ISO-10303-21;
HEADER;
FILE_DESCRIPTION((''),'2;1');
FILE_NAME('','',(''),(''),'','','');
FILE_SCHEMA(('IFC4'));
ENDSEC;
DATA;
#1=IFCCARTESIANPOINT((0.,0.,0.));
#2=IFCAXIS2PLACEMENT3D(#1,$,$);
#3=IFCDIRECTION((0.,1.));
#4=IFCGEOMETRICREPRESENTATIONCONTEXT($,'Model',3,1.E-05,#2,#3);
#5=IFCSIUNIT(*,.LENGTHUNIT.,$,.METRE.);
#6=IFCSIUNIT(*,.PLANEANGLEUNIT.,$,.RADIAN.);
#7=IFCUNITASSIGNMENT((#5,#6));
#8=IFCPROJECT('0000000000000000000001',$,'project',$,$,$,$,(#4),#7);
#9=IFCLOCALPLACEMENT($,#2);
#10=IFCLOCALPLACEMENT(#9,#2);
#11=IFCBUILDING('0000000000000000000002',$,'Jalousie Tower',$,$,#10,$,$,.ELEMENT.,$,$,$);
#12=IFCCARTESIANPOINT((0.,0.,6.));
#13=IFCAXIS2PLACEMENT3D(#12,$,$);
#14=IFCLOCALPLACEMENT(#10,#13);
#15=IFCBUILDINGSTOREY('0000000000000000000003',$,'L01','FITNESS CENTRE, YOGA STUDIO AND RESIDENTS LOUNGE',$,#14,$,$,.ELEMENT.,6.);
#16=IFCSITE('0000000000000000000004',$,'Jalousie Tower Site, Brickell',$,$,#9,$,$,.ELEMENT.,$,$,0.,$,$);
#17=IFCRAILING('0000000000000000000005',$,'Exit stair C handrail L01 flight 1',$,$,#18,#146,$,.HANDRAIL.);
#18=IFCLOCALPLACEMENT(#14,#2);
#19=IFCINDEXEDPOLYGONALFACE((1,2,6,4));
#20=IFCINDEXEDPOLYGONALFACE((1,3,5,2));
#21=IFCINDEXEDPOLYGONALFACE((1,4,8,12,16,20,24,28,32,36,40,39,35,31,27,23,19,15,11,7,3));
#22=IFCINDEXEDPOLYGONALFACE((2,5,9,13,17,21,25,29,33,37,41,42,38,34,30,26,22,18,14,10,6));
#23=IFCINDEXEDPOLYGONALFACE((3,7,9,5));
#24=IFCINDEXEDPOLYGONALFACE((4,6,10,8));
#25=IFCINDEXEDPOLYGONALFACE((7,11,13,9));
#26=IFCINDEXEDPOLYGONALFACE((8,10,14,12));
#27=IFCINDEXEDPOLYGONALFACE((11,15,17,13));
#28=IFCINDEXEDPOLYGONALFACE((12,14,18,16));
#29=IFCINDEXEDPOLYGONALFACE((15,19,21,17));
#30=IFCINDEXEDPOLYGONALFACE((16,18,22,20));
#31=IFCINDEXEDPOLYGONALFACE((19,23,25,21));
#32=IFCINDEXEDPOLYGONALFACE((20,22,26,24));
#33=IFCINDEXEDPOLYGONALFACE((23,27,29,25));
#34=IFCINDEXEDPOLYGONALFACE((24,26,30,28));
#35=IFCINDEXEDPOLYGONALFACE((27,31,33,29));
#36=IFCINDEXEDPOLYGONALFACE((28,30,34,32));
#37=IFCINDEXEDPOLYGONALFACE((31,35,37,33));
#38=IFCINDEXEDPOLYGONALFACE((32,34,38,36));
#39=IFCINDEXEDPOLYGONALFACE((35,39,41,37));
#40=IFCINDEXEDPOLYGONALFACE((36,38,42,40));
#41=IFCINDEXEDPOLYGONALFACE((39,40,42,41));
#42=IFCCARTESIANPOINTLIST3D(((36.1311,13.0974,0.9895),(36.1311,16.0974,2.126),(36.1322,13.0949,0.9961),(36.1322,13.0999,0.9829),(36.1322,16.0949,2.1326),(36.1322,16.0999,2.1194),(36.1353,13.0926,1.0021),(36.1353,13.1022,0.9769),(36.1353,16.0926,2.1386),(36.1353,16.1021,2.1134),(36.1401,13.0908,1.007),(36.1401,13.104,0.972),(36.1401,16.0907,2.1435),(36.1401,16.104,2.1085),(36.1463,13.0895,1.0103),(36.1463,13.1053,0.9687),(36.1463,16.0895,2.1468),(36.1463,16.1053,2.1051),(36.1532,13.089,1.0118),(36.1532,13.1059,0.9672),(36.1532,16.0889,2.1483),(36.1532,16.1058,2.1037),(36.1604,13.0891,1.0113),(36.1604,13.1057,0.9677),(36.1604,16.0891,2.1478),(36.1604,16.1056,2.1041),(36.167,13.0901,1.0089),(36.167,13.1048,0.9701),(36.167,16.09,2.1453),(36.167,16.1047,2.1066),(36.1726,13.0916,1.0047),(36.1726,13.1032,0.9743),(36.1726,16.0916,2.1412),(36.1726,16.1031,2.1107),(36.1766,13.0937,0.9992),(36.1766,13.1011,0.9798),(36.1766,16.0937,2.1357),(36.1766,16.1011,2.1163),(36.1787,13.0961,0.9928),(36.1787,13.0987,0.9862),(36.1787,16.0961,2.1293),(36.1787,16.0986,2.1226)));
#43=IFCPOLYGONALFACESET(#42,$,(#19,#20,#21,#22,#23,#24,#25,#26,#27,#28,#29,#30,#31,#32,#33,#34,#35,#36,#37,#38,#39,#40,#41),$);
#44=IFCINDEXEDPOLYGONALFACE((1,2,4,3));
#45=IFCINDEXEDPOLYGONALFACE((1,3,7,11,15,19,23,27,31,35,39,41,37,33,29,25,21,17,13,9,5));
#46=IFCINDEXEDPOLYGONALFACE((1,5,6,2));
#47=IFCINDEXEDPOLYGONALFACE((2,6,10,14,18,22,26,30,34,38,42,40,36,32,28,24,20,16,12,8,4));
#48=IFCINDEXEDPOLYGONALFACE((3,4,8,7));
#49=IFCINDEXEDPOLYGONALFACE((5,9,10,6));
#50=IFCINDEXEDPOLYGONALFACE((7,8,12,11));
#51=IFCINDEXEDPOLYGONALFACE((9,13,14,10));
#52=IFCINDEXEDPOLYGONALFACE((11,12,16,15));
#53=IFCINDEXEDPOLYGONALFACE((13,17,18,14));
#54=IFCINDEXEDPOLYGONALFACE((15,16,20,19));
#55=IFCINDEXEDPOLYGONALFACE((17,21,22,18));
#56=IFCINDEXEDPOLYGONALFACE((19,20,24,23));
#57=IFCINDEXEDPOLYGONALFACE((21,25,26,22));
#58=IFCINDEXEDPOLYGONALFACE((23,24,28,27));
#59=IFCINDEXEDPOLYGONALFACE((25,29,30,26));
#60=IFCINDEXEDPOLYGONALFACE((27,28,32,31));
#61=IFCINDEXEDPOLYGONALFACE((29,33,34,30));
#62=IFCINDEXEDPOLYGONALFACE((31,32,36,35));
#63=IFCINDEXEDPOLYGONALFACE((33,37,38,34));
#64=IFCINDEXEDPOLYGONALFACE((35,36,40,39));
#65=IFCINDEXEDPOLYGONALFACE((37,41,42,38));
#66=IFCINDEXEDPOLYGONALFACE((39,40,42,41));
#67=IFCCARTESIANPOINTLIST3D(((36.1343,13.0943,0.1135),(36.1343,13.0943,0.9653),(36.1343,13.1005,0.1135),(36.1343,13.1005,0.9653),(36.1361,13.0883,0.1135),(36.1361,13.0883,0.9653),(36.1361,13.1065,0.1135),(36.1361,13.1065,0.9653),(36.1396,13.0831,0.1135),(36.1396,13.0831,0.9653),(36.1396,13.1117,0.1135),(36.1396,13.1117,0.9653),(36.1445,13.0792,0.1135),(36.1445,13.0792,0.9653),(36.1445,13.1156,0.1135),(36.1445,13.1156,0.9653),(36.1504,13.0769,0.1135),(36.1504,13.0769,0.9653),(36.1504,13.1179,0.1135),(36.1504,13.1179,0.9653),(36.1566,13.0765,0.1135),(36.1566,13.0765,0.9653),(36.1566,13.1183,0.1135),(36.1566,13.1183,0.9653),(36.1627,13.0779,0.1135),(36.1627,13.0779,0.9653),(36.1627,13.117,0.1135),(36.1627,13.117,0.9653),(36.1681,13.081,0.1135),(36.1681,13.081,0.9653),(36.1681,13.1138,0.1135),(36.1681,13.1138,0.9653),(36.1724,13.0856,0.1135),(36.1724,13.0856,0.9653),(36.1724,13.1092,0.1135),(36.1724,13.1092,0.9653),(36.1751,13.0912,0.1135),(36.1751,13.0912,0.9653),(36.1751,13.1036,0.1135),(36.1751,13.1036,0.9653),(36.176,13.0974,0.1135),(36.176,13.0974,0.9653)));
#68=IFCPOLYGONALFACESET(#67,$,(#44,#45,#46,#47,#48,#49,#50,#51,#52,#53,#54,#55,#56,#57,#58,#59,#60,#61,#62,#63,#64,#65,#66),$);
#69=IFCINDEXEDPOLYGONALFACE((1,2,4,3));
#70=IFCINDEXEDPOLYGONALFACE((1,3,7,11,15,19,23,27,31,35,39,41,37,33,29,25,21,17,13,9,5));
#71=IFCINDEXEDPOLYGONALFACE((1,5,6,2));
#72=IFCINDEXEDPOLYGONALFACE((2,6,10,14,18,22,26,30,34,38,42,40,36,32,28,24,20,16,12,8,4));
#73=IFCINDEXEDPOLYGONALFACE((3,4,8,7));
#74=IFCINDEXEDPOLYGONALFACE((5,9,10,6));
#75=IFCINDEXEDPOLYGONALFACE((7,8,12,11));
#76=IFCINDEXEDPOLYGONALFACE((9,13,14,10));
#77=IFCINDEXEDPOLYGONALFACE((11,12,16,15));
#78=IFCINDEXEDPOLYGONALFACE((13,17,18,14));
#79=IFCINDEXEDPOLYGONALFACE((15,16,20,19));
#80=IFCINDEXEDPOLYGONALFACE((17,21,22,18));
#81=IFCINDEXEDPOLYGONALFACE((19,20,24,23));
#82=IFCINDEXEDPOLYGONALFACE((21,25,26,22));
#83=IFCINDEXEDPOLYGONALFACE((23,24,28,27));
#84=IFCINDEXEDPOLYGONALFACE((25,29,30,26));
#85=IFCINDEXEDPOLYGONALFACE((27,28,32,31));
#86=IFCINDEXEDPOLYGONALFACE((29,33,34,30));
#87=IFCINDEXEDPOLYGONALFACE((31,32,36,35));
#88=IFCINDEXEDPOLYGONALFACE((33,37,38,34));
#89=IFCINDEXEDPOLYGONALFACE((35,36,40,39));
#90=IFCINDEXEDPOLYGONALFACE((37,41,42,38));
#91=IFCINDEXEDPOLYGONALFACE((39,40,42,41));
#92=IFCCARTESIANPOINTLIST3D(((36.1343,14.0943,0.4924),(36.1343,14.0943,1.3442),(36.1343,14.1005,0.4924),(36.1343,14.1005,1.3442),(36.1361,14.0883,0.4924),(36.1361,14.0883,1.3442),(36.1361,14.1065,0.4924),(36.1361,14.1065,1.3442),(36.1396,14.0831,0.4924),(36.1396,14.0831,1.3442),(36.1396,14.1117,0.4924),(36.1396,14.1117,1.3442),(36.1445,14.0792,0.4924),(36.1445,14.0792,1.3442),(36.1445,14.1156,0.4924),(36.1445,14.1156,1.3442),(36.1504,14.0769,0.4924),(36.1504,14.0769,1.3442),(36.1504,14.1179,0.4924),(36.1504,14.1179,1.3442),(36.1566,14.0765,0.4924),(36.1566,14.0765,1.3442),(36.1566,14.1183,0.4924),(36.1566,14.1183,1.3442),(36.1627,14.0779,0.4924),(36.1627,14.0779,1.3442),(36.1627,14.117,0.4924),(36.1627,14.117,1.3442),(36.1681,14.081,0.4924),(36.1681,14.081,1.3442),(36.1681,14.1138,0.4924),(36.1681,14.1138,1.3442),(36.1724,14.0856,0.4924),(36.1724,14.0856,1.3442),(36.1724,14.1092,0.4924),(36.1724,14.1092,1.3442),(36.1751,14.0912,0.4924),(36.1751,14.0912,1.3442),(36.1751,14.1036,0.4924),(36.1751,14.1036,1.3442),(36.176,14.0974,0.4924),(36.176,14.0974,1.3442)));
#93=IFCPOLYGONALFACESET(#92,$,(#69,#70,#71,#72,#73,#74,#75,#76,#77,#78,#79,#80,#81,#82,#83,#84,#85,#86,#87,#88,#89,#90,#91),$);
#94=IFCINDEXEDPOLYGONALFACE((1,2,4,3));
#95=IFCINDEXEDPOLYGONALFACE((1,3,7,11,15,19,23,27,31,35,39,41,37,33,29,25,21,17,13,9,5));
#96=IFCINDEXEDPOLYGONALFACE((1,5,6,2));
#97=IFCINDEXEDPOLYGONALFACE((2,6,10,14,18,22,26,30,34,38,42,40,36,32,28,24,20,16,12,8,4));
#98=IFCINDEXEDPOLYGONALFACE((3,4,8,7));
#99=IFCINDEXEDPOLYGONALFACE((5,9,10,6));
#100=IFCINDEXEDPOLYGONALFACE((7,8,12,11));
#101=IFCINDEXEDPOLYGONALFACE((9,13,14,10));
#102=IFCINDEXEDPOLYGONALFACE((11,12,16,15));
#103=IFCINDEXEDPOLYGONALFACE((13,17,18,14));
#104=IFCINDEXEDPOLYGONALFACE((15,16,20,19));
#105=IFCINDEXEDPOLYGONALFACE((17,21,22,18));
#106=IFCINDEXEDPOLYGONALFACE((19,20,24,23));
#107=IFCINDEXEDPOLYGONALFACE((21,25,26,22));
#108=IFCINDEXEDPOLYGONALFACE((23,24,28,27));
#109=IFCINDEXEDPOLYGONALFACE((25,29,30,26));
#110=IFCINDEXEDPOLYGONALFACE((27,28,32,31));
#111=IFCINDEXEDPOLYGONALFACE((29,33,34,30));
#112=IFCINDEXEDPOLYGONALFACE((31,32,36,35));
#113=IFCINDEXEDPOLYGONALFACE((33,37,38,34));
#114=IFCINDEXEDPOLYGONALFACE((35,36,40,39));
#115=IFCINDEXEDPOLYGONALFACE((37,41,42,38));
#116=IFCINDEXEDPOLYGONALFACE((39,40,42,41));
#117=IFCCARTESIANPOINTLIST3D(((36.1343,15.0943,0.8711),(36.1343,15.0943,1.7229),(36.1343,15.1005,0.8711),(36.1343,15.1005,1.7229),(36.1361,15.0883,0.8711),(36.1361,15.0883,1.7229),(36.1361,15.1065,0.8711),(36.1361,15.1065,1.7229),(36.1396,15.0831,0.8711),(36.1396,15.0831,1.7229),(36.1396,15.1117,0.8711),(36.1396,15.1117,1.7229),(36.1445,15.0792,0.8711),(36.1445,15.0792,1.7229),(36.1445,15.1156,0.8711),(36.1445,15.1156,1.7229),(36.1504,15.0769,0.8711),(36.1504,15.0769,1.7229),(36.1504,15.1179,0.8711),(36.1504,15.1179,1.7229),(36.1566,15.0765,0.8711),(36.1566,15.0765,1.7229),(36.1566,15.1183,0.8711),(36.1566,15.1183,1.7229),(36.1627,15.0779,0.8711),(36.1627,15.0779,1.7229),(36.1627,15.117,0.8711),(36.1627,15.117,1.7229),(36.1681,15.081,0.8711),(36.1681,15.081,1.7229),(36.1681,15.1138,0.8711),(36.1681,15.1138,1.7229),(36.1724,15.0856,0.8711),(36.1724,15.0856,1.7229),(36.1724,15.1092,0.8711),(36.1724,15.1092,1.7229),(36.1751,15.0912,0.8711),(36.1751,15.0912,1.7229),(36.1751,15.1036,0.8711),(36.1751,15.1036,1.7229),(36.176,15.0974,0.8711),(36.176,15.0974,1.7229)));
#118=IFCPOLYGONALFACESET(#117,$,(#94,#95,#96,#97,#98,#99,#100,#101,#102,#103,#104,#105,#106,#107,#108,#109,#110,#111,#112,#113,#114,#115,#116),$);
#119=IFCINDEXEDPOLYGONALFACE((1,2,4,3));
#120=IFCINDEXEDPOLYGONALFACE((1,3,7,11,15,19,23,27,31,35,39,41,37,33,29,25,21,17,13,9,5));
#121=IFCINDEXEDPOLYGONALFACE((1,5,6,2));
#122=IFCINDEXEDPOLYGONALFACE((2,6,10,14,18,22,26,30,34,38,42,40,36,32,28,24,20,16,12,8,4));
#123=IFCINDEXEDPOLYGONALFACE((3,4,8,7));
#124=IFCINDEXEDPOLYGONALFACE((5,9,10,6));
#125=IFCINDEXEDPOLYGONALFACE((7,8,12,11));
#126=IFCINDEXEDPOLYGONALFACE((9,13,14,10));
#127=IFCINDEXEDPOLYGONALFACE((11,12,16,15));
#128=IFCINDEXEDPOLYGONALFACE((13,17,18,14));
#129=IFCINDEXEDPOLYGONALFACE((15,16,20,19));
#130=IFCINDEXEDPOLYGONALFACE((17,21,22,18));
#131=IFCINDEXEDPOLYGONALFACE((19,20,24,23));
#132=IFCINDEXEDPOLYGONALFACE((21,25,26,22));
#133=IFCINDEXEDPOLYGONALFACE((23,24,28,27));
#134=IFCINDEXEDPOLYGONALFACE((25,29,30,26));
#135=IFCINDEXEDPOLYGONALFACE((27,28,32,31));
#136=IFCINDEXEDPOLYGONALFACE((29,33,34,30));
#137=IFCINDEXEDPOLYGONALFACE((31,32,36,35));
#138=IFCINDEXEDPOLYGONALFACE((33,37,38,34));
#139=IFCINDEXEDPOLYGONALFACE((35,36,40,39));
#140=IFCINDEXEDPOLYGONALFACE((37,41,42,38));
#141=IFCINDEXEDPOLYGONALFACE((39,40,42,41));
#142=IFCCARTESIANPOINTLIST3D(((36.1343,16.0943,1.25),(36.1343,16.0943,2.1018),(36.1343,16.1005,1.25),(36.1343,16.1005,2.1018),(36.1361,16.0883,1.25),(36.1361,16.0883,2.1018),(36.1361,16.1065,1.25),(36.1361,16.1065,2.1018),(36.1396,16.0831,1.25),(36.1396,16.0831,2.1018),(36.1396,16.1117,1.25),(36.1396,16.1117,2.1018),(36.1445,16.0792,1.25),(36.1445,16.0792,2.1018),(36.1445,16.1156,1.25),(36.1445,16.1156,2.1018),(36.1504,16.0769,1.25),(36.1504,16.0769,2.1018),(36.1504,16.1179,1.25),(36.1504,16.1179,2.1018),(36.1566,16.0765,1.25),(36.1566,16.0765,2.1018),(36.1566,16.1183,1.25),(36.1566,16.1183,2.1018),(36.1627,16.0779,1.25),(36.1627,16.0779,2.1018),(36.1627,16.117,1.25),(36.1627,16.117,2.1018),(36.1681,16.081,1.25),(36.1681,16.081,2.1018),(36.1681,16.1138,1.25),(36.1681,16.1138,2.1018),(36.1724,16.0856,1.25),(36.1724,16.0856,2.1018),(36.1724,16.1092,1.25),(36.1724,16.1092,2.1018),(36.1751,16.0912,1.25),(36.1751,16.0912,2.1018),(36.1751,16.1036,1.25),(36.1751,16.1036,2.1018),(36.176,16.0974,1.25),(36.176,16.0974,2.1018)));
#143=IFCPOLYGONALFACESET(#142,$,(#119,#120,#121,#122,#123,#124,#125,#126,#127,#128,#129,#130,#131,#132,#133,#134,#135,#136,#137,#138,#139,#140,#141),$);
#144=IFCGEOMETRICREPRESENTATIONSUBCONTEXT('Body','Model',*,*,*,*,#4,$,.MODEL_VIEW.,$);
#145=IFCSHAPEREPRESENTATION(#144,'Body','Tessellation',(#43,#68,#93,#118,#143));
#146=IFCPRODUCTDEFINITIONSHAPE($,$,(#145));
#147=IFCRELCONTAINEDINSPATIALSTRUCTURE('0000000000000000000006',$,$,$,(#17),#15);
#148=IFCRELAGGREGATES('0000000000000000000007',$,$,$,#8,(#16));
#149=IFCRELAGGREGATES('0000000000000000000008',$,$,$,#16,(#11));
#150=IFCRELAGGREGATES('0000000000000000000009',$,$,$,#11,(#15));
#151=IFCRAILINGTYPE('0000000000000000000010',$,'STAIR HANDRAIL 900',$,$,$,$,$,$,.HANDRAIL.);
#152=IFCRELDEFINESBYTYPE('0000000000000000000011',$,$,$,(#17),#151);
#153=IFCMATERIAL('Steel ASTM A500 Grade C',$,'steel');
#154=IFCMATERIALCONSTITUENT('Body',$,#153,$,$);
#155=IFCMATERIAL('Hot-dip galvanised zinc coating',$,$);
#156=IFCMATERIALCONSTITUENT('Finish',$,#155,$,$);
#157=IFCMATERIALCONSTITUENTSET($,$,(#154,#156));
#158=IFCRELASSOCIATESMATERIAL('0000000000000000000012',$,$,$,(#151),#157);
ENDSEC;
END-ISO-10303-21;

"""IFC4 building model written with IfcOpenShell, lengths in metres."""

from ifc_helpers import new_model, si_unit, direction, frame, origin, origin_2d, place, context, subcontext, project, spatial, circle, extrude, material, constituent, constituent_set, type_object, element, save


model = new_model("IFC4")

# Units and contexts
model_context = context("Model", 3, precision=1e-05, world=origin(), true_north=direction((0.0, 1.0)))
body_context = subcontext(model_context, "Body", "Model", "MODEL_VIEW")
ifc_project = project(units=[si_unit("LENGTHUNIT", "METRE"), si_unit("PLANEANGLEUNIT", "RADIAN")], contexts=[model_context])

# Site, building, storey
site_placement = place(None, origin())
site = spatial("IfcSite", under=ifc_project, at=site_placement, Name="Jalousie Tower Site, Brickell", CompositionType="ELEMENT", RefElevation=0.0)
building_placement = place(site_placement, origin())
building = spatial("IfcBuilding", under=site, at=building_placement, Name="Jalousie Tower", CompositionType="ELEMENT")
storey_placement = place(building_placement, frame((0.0, 0.0, 6.0)))
storey = spatial("IfcBuildingStorey", under=building, at=storey_placement, Name="L01", Description="FITNESS CENTRE, YOGA STUDIO AND RESIDENTS LOUNGE", CompositionType="ELEMENT", Elevation=6.0)

# Railing
ifc_material_1 = material(Name="Steel ASTM A500 Grade C", Category="steel")
ifc_constituent_1 = constituent(ifc_material_1, Name="Body")
ifc_material_2 = material(Name="Hot-dip galvanised zinc coating")
ifc_constituent_2 = constituent(ifc_material_2, Name="Finish")
ifc_constituent_set = constituent_set(constituents=[ifc_constituent_1, ifc_constituent_2])
railing_type = type_object("IfcRailingType", Name="STAIR HANDRAIL 900", PredefinedType="HANDRAIL", material=ifc_constituent_set)
for number, where, name in (
    (1, (36.155, 13.0974, 0.1135), "Exit stair C handrail L01 flight 1"),
):
    element("IfcRailing", number, at=place(storey_placement, frame(where)), inside=storey, type_object=railing_type, Name=name, PredefinedType="HANDRAIL", context=body_context, shape_type="SweptSolid", body=[
        extrude(circle(Radius=0.0239, at=origin_2d()), frame((0.0, 0.0, 0.876), z_axis=(0.0, 0.935148, 0.354257), x_axis=(-1.0, 0.0, 0.0)), (0.0, 0.0, 1.0), 3.208),
        extrude(circle(Radius=0.021, at=origin_2d()), origin(), (0.0, 0.0, 1.0), 0.8518),
        extrude(circle(Radius=0.021, at=origin_2d()), frame((0.0, 1.0, 0.3789)), (0.0, 0.0, 1.0), 0.8518),
        extrude(circle(Radius=0.021, at=origin_2d()), frame((0.0, 2.0, 0.7576)), (0.0, 0.0, 1.0), 0.8518),
        extrude(circle(Radius=0.021, at=origin_2d()), frame((0.0, 3.0, 1.1365)), (0.0, 0.0, 1.0), 0.8518),
    ])

save(model, "model.ifc")
